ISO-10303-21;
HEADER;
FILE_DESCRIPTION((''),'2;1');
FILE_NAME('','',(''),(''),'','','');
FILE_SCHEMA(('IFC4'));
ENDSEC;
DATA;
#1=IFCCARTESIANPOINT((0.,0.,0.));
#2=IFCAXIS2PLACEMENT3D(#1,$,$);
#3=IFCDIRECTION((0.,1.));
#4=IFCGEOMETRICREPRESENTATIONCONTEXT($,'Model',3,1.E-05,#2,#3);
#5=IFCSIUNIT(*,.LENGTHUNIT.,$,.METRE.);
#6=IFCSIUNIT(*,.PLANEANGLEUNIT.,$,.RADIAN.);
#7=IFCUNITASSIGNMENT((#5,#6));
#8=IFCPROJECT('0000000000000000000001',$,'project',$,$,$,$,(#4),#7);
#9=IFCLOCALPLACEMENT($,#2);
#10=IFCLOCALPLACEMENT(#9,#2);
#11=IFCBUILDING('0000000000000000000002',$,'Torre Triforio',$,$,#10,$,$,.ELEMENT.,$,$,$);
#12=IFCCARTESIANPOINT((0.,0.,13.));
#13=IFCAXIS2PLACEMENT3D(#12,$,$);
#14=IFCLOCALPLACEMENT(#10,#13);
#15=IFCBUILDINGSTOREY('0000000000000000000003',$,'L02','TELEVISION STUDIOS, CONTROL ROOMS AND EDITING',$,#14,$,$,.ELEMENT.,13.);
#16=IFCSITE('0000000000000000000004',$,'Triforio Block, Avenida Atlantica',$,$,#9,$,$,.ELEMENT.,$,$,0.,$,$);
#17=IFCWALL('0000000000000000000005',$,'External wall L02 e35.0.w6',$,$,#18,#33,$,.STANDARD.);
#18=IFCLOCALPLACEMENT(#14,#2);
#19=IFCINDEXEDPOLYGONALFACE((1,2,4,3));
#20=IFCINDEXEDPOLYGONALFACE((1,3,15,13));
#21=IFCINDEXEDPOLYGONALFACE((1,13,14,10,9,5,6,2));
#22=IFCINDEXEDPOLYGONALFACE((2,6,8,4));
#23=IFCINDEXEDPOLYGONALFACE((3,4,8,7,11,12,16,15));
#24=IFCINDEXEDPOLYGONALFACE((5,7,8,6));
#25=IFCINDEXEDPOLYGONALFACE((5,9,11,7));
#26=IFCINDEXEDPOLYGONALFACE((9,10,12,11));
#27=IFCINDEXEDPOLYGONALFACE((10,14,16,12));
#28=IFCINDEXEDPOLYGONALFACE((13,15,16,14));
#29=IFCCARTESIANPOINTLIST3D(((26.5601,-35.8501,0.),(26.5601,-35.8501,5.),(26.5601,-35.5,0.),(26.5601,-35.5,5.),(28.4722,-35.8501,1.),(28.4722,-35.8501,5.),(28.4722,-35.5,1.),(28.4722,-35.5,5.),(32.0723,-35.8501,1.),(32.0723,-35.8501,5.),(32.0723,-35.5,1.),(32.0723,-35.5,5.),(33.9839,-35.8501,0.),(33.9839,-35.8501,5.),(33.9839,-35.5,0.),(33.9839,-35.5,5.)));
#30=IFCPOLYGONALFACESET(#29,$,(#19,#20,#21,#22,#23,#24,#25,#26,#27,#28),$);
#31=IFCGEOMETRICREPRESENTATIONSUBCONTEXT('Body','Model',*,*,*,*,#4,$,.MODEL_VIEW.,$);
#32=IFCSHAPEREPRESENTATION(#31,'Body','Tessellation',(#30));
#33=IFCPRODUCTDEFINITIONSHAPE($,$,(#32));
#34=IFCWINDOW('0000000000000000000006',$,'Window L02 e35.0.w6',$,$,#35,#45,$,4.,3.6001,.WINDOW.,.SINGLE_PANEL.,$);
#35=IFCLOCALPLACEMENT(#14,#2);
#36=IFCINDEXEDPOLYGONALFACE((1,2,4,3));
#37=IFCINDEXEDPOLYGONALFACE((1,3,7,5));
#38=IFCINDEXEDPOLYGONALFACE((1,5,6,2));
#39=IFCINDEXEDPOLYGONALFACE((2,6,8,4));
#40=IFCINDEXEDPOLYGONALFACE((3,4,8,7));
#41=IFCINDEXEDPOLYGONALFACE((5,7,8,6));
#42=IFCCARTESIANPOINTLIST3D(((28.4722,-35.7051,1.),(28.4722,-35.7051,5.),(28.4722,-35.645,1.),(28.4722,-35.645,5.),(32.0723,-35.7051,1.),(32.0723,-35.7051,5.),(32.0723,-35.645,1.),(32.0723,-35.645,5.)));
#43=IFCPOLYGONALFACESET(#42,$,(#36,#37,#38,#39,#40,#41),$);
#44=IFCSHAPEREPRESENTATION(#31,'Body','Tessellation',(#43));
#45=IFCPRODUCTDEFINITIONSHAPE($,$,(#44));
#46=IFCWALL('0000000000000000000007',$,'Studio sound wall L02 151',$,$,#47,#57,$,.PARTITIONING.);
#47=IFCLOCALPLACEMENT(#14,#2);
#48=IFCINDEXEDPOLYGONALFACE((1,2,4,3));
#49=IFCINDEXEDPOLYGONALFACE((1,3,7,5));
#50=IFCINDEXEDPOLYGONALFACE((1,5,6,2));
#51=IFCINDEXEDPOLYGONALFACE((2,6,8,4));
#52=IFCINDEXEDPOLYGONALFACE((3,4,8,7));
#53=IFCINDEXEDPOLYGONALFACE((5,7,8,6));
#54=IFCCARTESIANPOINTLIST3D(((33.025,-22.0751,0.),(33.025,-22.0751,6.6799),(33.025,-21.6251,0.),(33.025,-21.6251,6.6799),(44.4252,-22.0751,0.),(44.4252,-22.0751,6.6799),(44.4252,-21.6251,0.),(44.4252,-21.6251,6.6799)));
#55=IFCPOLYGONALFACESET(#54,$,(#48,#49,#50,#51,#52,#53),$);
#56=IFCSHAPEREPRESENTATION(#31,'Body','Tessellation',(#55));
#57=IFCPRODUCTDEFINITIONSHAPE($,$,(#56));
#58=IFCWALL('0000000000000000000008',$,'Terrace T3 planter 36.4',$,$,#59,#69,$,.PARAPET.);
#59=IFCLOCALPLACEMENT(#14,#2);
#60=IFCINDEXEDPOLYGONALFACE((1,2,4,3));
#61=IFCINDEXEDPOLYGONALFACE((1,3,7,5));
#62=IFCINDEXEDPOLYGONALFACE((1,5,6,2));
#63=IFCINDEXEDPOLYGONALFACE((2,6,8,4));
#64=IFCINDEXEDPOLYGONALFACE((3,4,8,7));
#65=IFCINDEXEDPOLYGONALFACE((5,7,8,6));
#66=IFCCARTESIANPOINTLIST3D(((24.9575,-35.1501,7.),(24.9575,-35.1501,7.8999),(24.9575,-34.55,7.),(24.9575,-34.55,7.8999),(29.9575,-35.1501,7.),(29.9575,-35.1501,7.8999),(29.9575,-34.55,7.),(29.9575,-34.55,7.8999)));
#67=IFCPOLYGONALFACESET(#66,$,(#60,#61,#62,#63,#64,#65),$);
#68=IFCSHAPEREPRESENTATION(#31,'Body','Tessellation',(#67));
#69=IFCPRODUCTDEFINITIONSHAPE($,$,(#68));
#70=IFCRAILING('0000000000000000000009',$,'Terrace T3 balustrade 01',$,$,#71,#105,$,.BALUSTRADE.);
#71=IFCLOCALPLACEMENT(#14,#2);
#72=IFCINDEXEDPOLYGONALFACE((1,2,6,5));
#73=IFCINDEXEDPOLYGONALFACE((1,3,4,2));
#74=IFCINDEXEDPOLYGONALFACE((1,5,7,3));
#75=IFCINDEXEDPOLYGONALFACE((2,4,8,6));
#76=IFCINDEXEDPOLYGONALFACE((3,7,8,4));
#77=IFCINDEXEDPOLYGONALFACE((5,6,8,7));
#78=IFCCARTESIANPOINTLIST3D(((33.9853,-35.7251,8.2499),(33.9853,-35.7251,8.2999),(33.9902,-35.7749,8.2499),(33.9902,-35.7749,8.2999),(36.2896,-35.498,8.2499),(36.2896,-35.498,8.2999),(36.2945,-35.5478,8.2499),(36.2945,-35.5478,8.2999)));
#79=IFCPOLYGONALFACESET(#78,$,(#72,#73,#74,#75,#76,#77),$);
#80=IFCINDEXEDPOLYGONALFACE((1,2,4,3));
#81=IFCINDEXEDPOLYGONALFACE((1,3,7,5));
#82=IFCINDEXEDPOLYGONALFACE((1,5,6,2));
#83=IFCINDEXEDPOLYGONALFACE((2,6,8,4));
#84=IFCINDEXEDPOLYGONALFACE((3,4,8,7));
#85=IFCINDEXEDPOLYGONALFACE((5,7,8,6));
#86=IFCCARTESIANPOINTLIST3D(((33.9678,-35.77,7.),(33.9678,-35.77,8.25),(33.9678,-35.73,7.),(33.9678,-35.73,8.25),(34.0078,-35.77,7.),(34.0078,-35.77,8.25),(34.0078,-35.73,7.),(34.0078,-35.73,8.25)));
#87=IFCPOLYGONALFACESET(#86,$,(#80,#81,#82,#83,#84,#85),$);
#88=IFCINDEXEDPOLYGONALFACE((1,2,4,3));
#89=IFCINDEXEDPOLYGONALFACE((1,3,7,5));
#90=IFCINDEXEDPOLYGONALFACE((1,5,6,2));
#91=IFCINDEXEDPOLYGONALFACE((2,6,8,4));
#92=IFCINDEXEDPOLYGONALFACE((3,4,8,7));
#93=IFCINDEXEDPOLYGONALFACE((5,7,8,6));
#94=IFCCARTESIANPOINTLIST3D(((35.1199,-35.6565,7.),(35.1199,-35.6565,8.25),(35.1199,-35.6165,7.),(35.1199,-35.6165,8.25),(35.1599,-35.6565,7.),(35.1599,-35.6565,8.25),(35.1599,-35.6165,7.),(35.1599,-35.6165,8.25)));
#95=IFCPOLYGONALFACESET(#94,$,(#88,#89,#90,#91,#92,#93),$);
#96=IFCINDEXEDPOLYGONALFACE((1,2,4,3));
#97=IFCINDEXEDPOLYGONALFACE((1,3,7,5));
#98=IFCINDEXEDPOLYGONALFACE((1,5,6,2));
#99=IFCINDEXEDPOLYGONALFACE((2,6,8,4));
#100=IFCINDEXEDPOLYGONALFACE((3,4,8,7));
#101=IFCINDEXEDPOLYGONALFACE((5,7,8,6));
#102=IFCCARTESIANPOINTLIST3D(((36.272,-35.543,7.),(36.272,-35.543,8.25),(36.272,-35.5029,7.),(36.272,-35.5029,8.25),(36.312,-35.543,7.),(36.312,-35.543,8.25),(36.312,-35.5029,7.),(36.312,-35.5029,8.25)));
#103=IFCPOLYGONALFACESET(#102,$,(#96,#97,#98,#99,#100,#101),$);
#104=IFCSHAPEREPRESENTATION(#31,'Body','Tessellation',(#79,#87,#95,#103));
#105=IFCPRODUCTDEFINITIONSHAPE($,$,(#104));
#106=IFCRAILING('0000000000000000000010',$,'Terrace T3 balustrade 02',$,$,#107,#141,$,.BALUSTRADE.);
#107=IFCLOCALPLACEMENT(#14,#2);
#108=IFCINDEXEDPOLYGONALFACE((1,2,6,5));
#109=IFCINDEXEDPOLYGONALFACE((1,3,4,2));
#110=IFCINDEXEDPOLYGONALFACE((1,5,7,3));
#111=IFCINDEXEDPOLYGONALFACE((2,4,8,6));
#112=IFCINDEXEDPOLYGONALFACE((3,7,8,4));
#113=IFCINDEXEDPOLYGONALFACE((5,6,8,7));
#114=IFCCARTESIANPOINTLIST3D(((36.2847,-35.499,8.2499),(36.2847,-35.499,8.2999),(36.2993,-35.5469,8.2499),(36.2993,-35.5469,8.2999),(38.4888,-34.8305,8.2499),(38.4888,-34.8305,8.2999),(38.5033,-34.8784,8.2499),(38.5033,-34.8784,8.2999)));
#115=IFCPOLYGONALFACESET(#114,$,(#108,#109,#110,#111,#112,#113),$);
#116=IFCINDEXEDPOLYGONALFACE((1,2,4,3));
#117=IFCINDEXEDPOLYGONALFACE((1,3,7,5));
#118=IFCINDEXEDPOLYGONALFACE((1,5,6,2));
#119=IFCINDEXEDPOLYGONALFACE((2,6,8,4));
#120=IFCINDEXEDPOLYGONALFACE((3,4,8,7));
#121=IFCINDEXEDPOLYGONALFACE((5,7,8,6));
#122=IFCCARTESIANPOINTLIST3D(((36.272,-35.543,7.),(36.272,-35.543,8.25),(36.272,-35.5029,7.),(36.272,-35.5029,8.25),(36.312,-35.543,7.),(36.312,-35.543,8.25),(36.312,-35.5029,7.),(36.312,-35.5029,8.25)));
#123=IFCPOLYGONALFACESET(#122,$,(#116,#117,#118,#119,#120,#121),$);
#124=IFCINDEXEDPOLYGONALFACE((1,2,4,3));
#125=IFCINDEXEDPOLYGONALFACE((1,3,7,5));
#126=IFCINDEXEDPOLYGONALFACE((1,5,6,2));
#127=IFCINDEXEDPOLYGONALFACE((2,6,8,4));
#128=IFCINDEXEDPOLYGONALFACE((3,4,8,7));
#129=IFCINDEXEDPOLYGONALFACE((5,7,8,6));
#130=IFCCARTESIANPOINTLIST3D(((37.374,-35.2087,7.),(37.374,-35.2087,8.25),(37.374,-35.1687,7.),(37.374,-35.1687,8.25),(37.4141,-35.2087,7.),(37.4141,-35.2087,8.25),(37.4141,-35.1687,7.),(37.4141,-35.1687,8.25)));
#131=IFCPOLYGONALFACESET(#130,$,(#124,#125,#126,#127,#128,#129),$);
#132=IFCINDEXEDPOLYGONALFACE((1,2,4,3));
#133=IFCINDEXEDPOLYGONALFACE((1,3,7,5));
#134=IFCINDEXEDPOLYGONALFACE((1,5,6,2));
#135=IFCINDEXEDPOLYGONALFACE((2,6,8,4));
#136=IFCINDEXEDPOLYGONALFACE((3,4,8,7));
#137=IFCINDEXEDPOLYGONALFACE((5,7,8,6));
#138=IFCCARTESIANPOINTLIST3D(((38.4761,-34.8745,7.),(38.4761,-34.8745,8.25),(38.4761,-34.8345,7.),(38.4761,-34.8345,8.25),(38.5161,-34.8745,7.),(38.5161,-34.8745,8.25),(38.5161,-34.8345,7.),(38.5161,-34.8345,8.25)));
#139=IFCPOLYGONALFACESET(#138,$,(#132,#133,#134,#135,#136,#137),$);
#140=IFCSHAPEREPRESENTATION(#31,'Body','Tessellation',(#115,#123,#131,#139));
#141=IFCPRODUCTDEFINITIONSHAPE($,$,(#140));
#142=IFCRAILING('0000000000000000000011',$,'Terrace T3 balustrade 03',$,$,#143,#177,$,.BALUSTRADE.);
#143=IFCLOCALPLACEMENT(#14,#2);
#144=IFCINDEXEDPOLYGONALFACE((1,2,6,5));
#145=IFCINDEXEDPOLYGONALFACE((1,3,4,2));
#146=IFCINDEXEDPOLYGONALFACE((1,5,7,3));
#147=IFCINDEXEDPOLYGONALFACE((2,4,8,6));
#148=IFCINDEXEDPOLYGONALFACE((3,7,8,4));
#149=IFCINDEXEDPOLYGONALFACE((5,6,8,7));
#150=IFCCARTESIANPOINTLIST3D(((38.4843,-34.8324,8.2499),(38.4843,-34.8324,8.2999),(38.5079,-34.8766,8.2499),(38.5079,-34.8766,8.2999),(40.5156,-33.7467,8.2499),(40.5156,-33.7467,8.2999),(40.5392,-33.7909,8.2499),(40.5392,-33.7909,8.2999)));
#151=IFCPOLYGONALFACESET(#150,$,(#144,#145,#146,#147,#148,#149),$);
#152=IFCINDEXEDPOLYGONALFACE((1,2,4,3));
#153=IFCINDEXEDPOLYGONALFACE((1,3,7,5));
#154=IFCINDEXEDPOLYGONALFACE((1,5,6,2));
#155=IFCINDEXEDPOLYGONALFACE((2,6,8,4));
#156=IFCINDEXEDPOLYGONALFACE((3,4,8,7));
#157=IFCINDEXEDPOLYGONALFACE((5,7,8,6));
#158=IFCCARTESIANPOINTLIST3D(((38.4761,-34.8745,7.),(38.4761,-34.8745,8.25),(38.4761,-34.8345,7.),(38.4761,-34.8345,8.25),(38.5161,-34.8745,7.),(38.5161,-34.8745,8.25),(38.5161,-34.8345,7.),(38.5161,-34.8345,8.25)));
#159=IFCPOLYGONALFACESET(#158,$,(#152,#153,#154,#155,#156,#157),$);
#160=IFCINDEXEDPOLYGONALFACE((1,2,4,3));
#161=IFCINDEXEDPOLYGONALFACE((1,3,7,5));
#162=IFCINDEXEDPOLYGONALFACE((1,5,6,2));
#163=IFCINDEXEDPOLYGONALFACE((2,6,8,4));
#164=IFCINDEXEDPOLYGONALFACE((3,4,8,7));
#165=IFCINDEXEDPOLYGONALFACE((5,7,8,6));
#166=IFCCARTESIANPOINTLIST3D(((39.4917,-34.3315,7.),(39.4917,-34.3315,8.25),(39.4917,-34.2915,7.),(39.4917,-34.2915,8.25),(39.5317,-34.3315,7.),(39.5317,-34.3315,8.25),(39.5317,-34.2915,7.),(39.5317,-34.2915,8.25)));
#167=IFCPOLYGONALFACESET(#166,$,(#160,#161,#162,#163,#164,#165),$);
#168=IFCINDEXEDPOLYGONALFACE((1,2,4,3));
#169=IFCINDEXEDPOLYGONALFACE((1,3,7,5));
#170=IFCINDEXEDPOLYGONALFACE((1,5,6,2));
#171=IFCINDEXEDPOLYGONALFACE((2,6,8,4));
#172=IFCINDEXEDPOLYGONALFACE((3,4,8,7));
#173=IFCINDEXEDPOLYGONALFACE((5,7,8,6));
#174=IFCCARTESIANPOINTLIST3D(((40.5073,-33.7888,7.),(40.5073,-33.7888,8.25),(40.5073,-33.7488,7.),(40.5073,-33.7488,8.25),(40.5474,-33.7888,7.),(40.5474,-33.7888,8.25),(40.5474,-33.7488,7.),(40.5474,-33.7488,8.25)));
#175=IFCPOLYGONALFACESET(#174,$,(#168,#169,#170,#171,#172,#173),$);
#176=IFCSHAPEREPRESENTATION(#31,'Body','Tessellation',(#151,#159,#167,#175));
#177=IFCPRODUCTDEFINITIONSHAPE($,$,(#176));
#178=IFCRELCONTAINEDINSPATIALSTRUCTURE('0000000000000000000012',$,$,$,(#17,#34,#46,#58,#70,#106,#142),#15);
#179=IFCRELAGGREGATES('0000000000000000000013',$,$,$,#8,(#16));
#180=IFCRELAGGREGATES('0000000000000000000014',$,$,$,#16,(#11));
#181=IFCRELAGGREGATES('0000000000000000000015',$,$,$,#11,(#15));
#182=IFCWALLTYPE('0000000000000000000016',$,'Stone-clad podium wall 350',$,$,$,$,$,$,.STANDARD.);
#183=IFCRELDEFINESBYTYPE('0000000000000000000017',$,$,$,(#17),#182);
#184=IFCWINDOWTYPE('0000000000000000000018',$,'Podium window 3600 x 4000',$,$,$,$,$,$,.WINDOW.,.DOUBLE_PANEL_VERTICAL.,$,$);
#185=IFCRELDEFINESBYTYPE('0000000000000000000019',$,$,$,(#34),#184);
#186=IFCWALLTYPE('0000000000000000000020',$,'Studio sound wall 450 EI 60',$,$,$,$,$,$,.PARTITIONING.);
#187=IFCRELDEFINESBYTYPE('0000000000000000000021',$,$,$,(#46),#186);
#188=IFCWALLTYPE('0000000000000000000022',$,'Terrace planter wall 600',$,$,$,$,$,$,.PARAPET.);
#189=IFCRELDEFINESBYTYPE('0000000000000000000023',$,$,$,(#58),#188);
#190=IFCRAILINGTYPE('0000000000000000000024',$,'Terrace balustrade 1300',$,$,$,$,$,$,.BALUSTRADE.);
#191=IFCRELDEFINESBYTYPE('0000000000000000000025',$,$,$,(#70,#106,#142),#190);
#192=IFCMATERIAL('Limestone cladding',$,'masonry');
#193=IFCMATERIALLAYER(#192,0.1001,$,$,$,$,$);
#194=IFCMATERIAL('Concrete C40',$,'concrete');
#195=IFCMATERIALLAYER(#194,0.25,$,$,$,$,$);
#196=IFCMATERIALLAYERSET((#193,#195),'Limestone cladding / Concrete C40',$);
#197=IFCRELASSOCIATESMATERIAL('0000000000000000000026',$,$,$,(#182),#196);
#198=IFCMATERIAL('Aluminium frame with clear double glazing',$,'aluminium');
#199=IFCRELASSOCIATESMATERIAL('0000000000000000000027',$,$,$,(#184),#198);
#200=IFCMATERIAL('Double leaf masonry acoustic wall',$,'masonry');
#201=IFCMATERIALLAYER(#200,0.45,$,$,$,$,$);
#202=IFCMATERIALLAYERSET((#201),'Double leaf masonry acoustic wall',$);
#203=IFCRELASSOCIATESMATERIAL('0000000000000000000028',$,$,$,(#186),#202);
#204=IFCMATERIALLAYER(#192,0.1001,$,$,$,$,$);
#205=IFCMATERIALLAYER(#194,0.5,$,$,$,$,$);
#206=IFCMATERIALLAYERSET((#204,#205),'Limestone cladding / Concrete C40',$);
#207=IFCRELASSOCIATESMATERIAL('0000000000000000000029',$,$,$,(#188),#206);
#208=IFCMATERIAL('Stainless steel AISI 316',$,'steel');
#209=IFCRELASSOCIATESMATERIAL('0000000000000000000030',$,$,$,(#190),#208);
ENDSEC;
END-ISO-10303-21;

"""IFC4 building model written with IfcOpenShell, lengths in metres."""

from ifc_helpers import new_model, si_unit, direction, frame, frame_2d, origin, origin_2d, place, context, subcontext, project, spatial, rectangle, extrude, material, layer, layer_set, type_object, element, fill, save


model = new_model("IFC4")

# Units and contexts
model_context = context("Model", 3, precision=1e-05, world=origin(), true_north=direction((0.0, 1.0)))
body_context = subcontext(model_context, "Body", "Model", "MODEL_VIEW")
ifc_project = project(units=[si_unit("LENGTHUNIT", "METRE"), si_unit("PLANEANGLEUNIT", "RADIAN")], contexts=[model_context])

# Site, building, storey
site_placement = place(None, origin())
site = spatial("IfcSite", under=ifc_project, at=site_placement, Name="Triforio Block, Avenida Atlantica", CompositionType="ELEMENT", RefElevation=0.0)
building_placement = place(site_placement, origin())
building = spatial("IfcBuilding", under=site, at=building_placement, Name="Torre Triforio", CompositionType="ELEMENT")
storey_placement = place(building_placement, frame((0.0, 0.0, 13.0)))
storey = spatial("IfcBuildingStorey", under=building, at=storey_placement, Name="L02", Description="TELEVISION STUDIOS, CONTROL ROOMS AND EDITING", CompositionType="ELEMENT", Elevation=13.0)

# Shared definitions
ifc_material_1 = material(Name="Limestone cladding", Category="masonry")
ifc_layer_1 = layer(ifc_material_1, 0.1001)
ifc_material_2 = material(Name="Concrete C40", Category="concrete")
ifc_layer_2 = layer(ifc_material_2, 0.25)
ifc_layer_set_1 = layer_set([ifc_layer_1, ifc_layer_2], Name="Limestone cladding / Concrete C40")
wall_type_1 = type_object("IfcWallType", Name="Stone-clad podium wall 350", PredefinedType="STANDARD", material=ifc_layer_set_1)

# Wall, opening, window
wall_1_placement = place(storey_placement, frame((26.5601, -35.675, 0.0), z_axis=(0.0, 0.0, 1.0), x_axis=(1.0, 0.0, 0.0)))
wall_1 = element("IfcWall", 1, at=wall_1_placement, inside=storey, type_object=wall_type_1, Name="External wall L02 e35.0.w6", PredefinedType="STANDARD", context=body_context, shape_type="SweptSolid", body=[
    extrude(rectangle(XDim=7.4238, YDim=0.3501, at=frame_2d((3.7119, 0.0))), origin(), (0.0, 0.0, 1.0), 5.0),
])
opening_placement = place(wall_1_placement, frame((1.9121, 0.0, 1.0)))
opening = element("IfcOpeningElement", 2, at=opening_placement, cuts=wall_1, PredefinedType="OPENING", context=body_context, shape_type="SweptSolid", body=[
    extrude(rectangle(XDim=3.6001, YDim=4.0, at=frame_2d((1.8, 2.0))), frame((0.0, 0.1851, 0.0), z_axis=(0.0, -1.0, 0.0), x_axis=(1.0, 0.0, 0.0)), (0.0, 0.0, 1.0), 0.3701),
])
ifc_material_3 = material(Name="Aluminium frame with clear double glazing", Category="aluminium")
window_type = type_object("IfcWindowType", Name="Podium window 3600 x 4000", PartitioningType="DOUBLE_PANEL_VERTICAL", PredefinedType="WINDOW", material=ifc_material_3)
window_placement = place(opening_placement, origin())
window = element("IfcWindow", 3, at=window_placement, inside=storey, type_object=window_type, Name="Window L02 e35.0.w6", OverallHeight=4.0, OverallWidth=3.6001, PartitioningType="SINGLE_PANEL", PredefinedType="WINDOW", context=body_context, shape_type="SweptSolid", body=[
    extrude(rectangle(XDim=3.6001, YDim=4.0, at=frame_2d((1.8, 2.0))), frame((0.0, 0.03, 0.0), z_axis=(0.0, -1.0, 0.0), x_axis=(1.0, 0.0, 0.0)), (0.0, 0.0, 1.0), 0.0601),
])
fill(opening, window)

# Walls
ifc_material_4 = material(Name="Double leaf masonry acoustic wall", Category="masonry")
ifc_layer_3 = layer(ifc_material_4, 0.45)
ifc_layer_set_2 = layer_set([ifc_layer_3], Name="Double leaf masonry acoustic wall")
wall_type_2 = type_object("IfcWallType", Name="Studio sound wall 450 EI 60", PredefinedType="PARTITIONING", material=ifc_layer_set_2)
wall_2_placement = place(storey_placement, frame((33.0249, -21.8501, 0.0), z_axis=(0.0, 0.0, 1.0), x_axis=(1.0, 0.0, 0.0)))
element("IfcWall", 4, at=wall_2_placement, inside=storey, type_object=wall_type_2, Name="Studio sound wall L02 151", PredefinedType="PARTITIONING", context=body_context, shape_type="SweptSolid", body=[
    extrude(rectangle(XDim=11.4001, YDim=0.45, at=frame_2d((5.7002, 0.0))), origin(), (0.0, 0.0, 1.0), 6.6799),
])
ifc_layer_4 = layer(ifc_material_1, 0.1001)
ifc_layer_5 = layer(ifc_material_2, 0.5)
ifc_layer_set_3 = layer_set([ifc_layer_4, ifc_layer_5], Name="Limestone cladding / Concrete C40")
wall_type_3 = type_object("IfcWallType", Name="Terrace planter wall 600", PredefinedType="PARAPET", material=ifc_layer_set_3)
wall_3_placement = place(storey_placement, frame((24.9575, -34.8501, 7.0), z_axis=(0.0, 0.0, 1.0), x_axis=(1.0, 0.0, 0.0)))
element("IfcWall", 5, at=wall_3_placement, inside=storey, type_object=wall_type_3, Name="Terrace T3 planter 36.4", PredefinedType="PARAPET", context=body_context, shape_type="SweptSolid", body=[
    extrude(rectangle(XDim=5.0, YDim=0.6001, at=frame_2d((2.5, 0.0))), origin(), (0.0, 0.0, 1.0), 0.8999),
])

# Railings
ifc_material_5 = material(Name="Stainless steel AISI 316", Category="steel")
railing_type = type_object("IfcRailingType", Name="Terrace balustrade 1300", PredefinedType="BALUSTRADE", material=ifc_material_5)
railing_1_placement = place(storey_placement, frame((33.9878, -35.75, 7.0)))
element("IfcRailing", 6, at=railing_1_placement, inside=storey, type_object=railing_type, Name="Terrace T3 balustrade 01", PredefinedType="BALUSTRADE", context=body_context, shape_type="SweptSolid", body=[
    extrude(rectangle(XDim=0.05, YDim=0.05, at=origin_2d()), frame((0.0, 0.0, 1.2749), z_axis=(0.99518, 0.098063, 0.0), x_axis=(-0.098063, 0.99518, 0.0)), (0.0, 0.0, 1.0), 2.3154),
    extrude(rectangle(XDim=0.04, YDim=0.04, at=origin_2d()), origin(), (0.0, 0.0, 1.0), 1.25),
    extrude(rectangle(XDim=0.04, YDim=0.04, at=origin_2d()), frame((1.1521, 0.1135, 0.0)), (0.0, 0.0, 1.0), 1.25),
    extrude(rectangle(XDim=0.04, YDim=0.04, at=origin_2d()), frame((2.3042, 0.2271, 0.0)), (0.0, 0.0, 1.0), 1.25),
])
railing_2_placement = place(storey_placement, frame((36.292, -35.5229, 7.0)))
element("IfcRailing", 7, at=railing_2_placement, inside=storey, type_object=railing_type, Name="Terrace T3 balustrade 02", PredefinedType="BALUSTRADE", context=body_context, shape_type="SweptSolid", body=[
    extrude(rectangle(XDim=0.05, YDim=0.05, at=origin_2d()), frame((0.0, 0.0, 1.2749), z_axis=(0.956958, 0.290225, 0.0), x_axis=(-0.290225, 0.956958, 0.0)), (0.0, 0.0, 1.0), 2.3032),
    extrude(rectangle(XDim=0.04, YDim=0.04, at=origin_2d()), origin(), (0.0, 0.0, 1.0), 1.25),
    extrude(rectangle(XDim=0.04, YDim=0.04, at=origin_2d()), frame((1.1021, 0.3342, 0.0)), (0.0, 0.0, 1.0), 1.25),
    extrude(rectangle(XDim=0.04, YDim=0.04, at=origin_2d()), frame((2.2041, 0.6685, 0.0)), (0.0, 0.0, 1.0), 1.25),
])
railing_3_placement = place(storey_placement, frame((38.4961, -34.8545, 7.0)))
element("IfcRailing", 8, at=railing_3_placement, inside=storey, type_object=railing_type, Name="Terrace T3 balustrade 03", PredefinedType="BALUSTRADE", context=body_context, shape_type="SweptSolid", body=[
    extrude(rectangle(XDim=0.05, YDim=0.05, at=origin_2d()), frame((0.0, 0.0, 1.2749), z_axis=(0.881927, 0.471386, 0.0), x_axis=(-0.471386, 0.881927, 0.0)), (0.0, 0.0, 1.0), 2.3032),
    extrude(rectangle(XDim=0.04, YDim=0.04, at=origin_2d()), origin(), (0.0, 0.0, 1.0), 1.25),
    extrude(rectangle(XDim=0.04, YDim=0.04, at=origin_2d()), frame((1.0156, 0.543, 0.0)), (0.0, 0.0, 1.0), 1.25),
    extrude(rectangle(XDim=0.04, YDim=0.04, at=origin_2d()), frame((2.0312, 1.0857, 0.0)), (0.0, 0.0, 1.0), 1.25),
])

save(model, "model.ifc")
